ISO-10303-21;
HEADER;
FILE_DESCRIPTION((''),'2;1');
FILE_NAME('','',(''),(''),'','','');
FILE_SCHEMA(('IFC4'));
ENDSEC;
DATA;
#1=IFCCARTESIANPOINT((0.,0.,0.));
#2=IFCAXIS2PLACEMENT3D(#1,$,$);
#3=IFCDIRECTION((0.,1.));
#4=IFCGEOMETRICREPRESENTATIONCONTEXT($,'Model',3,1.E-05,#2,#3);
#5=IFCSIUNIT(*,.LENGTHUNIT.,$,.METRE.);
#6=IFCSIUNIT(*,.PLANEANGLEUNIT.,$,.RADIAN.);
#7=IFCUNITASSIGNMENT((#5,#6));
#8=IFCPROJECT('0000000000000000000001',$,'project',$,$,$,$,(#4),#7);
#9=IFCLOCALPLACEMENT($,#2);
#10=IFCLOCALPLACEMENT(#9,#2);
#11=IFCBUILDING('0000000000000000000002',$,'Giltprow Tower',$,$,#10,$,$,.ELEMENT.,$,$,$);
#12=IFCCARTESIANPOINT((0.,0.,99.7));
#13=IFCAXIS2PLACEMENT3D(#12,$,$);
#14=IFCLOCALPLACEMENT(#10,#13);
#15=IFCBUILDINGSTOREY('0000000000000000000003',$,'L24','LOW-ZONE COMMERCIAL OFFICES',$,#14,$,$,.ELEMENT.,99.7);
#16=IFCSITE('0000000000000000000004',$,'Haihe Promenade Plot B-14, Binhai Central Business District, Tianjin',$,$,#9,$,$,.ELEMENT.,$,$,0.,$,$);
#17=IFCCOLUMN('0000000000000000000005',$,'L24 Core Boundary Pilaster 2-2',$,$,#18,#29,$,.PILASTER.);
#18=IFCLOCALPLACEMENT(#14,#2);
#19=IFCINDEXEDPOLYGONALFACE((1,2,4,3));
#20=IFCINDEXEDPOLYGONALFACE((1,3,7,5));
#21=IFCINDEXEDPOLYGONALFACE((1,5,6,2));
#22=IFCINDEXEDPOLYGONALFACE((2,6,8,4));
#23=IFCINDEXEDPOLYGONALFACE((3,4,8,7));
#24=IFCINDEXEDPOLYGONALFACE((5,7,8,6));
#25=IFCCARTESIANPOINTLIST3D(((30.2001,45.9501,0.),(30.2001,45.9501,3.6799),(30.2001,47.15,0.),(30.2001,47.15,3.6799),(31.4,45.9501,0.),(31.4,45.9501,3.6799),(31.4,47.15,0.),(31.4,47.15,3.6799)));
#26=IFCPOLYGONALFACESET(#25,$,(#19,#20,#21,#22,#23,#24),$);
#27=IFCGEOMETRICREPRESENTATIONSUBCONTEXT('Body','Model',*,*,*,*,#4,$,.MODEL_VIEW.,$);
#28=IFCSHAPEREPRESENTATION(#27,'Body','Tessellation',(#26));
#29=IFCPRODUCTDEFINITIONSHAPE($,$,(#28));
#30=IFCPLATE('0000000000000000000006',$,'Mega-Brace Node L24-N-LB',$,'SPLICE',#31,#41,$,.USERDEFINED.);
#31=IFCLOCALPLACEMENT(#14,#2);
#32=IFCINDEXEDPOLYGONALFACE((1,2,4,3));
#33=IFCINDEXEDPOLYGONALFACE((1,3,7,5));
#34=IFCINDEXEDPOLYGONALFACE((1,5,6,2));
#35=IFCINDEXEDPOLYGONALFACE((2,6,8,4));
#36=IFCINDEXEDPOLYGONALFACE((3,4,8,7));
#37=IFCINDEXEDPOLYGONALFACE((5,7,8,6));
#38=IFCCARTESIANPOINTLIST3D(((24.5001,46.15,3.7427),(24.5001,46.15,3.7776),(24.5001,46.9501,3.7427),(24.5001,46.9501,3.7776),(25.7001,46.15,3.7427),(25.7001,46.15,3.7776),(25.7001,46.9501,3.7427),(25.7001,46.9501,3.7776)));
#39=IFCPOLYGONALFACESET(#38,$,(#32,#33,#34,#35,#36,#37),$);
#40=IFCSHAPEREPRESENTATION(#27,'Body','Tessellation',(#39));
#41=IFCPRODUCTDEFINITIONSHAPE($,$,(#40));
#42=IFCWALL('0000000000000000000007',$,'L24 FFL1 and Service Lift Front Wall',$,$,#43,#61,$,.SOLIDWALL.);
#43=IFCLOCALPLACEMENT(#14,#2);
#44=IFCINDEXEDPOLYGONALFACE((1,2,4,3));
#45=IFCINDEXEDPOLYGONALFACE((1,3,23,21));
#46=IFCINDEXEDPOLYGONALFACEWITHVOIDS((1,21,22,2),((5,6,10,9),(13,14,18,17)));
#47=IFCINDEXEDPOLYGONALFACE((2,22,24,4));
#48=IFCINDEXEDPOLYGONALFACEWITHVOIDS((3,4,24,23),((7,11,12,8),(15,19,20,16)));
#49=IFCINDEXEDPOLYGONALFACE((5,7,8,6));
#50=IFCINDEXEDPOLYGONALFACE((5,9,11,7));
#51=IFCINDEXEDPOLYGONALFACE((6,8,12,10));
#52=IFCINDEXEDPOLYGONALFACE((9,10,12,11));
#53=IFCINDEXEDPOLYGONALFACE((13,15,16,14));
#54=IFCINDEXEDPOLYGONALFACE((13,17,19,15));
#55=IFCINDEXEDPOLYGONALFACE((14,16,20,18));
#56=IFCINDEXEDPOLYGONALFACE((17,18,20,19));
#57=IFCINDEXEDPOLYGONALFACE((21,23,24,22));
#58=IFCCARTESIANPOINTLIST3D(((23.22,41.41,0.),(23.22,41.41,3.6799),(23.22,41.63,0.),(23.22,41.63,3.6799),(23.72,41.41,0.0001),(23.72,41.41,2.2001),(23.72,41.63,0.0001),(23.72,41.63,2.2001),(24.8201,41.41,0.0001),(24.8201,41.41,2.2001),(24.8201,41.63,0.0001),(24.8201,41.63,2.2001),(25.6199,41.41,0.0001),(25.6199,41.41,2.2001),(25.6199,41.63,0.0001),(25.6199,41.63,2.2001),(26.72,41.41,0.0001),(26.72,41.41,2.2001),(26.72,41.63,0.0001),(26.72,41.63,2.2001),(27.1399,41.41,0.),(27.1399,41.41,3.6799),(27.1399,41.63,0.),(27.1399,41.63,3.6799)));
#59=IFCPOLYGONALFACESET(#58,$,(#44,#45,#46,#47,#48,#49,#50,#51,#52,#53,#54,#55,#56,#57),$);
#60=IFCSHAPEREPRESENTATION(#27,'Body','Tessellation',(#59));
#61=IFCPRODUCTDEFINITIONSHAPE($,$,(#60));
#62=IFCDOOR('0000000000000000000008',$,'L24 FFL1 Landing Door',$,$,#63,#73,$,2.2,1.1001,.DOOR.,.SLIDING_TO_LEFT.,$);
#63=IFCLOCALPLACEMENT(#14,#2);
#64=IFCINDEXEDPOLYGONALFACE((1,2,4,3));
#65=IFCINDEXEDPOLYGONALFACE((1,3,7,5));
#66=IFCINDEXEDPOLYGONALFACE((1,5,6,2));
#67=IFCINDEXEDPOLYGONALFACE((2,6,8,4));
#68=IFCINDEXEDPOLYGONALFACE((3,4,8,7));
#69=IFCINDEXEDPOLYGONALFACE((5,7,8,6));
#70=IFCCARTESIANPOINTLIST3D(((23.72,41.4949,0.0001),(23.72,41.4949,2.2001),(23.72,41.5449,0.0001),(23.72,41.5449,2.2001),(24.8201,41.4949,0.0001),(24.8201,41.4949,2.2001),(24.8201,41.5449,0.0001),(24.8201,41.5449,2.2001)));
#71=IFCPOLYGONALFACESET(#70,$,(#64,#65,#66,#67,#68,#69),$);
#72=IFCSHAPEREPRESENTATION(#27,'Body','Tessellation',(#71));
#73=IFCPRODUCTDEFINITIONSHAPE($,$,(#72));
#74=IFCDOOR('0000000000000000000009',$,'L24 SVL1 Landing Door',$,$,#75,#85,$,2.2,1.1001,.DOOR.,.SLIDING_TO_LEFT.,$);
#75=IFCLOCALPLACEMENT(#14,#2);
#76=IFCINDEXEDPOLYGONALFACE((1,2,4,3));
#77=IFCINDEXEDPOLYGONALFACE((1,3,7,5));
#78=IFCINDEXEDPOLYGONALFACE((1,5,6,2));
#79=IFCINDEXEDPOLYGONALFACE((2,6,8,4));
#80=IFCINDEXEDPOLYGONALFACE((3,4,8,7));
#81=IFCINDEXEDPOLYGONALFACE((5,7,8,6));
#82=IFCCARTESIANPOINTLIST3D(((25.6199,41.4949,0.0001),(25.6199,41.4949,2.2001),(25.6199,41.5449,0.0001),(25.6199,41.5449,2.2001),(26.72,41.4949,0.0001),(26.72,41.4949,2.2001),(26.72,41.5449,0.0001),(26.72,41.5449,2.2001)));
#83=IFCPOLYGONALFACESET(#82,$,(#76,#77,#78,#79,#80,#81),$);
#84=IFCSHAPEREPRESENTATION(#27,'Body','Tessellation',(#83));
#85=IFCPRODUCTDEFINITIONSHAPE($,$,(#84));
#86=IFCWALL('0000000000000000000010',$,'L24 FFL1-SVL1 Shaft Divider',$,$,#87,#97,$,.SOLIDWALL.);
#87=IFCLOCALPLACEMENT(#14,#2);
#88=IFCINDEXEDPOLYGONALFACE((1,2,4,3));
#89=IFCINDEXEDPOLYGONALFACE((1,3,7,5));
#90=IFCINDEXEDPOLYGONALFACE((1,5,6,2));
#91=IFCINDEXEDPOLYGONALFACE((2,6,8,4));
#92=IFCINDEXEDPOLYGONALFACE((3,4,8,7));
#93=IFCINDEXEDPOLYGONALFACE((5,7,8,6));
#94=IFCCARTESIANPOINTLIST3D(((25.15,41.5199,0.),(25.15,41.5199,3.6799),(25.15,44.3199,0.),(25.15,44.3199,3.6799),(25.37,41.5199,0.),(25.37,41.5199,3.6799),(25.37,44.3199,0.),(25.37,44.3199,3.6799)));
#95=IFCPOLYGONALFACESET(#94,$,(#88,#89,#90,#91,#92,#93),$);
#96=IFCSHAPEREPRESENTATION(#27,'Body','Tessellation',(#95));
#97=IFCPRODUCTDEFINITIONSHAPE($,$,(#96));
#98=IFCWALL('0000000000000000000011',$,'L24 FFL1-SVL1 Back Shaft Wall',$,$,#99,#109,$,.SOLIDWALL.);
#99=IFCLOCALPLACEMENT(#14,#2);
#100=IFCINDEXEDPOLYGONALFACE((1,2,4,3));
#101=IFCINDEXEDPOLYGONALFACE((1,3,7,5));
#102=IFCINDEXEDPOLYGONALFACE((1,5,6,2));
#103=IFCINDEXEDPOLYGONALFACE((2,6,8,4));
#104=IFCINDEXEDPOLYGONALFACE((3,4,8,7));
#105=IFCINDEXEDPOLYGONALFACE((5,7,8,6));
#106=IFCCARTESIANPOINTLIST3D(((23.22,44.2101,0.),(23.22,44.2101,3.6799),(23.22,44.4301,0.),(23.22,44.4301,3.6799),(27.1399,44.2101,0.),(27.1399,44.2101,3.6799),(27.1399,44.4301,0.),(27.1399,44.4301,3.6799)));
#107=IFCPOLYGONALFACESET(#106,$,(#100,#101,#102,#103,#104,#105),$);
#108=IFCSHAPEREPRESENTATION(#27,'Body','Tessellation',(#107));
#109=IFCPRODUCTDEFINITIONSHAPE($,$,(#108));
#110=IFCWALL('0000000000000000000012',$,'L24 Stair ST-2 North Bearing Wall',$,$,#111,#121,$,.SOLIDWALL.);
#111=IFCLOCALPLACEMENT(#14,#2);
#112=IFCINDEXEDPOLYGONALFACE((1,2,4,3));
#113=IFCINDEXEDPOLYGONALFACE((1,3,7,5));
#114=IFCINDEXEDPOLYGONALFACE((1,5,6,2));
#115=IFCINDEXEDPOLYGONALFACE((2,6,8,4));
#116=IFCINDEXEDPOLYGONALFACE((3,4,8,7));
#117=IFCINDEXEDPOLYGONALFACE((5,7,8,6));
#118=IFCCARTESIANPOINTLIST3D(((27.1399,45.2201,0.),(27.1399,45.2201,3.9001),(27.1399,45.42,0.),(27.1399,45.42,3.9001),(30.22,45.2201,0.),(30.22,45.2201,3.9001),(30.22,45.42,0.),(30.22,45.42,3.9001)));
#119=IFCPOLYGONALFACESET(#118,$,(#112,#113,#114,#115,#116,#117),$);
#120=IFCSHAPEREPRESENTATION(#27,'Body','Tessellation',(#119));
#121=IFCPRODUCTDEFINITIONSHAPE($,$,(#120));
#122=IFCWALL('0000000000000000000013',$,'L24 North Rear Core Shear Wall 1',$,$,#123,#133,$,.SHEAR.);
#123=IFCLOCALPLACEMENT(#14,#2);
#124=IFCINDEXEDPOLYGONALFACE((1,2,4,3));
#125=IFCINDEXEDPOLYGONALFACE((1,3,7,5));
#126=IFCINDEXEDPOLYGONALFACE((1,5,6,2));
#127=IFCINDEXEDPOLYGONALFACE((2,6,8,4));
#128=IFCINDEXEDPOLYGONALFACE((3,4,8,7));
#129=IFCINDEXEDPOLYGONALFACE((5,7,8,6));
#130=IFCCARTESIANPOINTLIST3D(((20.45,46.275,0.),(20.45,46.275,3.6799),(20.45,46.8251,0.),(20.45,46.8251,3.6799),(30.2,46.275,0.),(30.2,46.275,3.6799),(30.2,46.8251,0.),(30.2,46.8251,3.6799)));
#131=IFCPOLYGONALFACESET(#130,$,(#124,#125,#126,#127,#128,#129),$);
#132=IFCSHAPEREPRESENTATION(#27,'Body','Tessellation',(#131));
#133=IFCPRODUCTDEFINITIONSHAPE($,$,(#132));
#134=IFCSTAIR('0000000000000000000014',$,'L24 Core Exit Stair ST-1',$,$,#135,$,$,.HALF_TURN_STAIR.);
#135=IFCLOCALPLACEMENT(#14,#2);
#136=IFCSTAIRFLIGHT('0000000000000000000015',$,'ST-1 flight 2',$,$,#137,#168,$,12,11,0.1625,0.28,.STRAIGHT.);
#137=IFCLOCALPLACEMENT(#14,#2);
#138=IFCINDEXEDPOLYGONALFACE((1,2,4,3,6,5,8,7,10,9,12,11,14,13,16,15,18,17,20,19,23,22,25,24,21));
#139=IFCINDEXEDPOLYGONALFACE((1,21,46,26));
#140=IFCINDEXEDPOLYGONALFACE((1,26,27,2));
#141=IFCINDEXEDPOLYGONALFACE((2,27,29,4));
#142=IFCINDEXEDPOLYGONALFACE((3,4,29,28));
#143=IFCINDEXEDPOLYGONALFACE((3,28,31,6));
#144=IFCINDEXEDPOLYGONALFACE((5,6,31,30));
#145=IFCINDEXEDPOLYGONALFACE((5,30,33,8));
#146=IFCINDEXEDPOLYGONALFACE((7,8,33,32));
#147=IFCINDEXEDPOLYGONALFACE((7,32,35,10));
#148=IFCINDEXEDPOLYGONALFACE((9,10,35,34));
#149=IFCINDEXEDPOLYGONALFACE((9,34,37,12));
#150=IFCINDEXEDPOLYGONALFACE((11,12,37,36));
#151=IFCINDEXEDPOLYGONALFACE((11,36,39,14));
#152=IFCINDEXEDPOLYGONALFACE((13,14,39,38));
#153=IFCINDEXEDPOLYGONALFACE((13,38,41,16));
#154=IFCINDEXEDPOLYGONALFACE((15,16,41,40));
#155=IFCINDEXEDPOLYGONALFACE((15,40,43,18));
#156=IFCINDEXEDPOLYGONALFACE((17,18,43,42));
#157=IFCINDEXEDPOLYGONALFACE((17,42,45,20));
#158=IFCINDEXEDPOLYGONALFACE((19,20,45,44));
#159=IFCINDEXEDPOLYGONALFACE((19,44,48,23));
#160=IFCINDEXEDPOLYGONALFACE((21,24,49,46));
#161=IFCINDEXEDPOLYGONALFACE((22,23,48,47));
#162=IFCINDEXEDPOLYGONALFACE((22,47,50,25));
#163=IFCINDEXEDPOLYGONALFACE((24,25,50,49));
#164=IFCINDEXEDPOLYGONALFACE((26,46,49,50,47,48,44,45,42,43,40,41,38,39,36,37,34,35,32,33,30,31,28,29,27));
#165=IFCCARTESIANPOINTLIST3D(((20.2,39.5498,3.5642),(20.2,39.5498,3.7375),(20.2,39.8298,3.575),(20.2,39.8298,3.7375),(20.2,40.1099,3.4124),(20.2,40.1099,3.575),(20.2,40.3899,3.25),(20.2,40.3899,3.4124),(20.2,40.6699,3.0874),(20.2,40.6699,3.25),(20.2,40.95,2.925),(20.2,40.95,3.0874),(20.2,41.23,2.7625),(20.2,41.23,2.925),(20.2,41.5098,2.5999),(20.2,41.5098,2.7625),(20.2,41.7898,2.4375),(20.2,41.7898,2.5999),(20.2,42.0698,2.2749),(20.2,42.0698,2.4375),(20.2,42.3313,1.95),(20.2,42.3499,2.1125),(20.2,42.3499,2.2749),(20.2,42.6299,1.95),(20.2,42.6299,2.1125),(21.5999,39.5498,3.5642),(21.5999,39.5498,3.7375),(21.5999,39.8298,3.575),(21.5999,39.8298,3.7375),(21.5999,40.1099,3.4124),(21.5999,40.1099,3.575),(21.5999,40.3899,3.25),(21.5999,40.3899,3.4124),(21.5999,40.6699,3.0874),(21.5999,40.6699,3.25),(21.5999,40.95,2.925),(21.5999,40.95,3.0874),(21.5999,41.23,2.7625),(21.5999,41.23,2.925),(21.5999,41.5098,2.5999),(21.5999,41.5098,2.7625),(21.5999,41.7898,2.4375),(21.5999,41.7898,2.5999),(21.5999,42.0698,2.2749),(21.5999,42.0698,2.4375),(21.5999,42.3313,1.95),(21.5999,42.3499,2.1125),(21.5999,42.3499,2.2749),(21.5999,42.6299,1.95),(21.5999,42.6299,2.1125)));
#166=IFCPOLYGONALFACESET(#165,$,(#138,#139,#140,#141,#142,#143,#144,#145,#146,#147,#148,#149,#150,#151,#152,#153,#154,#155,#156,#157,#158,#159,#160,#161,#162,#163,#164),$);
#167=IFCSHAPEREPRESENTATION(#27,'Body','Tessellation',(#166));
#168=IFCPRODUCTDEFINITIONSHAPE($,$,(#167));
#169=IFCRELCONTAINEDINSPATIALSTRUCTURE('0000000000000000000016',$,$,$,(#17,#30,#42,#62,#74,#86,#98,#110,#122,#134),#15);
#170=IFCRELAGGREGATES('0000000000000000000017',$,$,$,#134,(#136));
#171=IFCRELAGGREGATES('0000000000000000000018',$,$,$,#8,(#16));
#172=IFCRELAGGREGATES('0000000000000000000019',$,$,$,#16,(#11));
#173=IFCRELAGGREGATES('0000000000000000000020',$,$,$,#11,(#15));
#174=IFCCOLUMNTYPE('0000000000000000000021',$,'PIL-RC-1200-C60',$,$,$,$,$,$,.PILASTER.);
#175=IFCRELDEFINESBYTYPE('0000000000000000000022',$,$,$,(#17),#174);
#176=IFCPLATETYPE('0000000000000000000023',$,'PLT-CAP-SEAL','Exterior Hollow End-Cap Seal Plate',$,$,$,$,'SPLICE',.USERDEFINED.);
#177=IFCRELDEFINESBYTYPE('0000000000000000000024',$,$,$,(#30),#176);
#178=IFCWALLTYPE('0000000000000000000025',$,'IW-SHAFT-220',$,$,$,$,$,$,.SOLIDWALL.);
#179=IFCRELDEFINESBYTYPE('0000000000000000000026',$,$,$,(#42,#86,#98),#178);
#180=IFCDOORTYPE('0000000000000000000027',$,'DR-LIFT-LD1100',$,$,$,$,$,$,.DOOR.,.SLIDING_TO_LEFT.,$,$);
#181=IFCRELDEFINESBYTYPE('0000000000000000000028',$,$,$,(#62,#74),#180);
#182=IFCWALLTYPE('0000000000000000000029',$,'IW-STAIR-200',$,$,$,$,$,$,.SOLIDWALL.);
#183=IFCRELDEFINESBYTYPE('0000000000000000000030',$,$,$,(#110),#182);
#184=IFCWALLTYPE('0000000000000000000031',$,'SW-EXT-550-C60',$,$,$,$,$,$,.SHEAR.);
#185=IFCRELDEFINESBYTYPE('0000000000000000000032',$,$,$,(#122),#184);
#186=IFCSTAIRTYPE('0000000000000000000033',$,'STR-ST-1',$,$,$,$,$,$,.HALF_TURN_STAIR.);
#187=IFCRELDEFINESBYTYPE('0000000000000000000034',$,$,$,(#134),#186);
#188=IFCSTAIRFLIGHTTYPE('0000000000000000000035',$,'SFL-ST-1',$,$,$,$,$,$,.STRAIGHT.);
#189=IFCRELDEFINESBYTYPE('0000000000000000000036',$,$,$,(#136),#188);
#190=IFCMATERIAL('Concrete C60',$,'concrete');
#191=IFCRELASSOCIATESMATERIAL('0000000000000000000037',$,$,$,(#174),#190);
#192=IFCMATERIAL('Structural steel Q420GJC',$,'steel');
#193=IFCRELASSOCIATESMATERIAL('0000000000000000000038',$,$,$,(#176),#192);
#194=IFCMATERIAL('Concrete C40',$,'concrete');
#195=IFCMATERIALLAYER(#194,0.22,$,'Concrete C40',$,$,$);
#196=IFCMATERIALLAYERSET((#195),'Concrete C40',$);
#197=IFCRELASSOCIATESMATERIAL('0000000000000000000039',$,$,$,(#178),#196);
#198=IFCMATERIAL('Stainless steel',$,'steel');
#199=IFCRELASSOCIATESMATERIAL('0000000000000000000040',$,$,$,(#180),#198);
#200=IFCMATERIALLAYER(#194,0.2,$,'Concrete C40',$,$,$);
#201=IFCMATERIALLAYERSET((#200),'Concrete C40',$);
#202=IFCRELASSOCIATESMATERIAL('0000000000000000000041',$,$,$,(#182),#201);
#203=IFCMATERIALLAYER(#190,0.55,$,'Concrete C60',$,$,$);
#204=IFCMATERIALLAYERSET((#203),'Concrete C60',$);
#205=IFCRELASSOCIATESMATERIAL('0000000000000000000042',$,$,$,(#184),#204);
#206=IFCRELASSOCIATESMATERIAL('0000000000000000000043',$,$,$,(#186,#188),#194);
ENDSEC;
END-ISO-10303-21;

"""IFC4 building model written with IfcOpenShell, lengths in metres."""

from ifc_helpers import new_model, si_unit, direction, frame, frame_2d, origin, origin_2d, place, context, subcontext, project, spatial, polyline, rectangle, outline, extrude, source, transform, mapped, material, layer, layer_set, material_profile, profile_set, type_object, element, fill, aggregate, save


model = new_model("IFC4")

# Units and contexts
model_context = context("Model", 3, precision=1e-05, world=origin(), true_north=direction((0.0, 1.0)))
body_context = subcontext(model_context, "Body", "Model", "MODEL_VIEW")
ifc_project = project(units=[si_unit("LENGTHUNIT", "METRE"), si_unit("PLANEANGLEUNIT", "RADIAN")], contexts=[model_context])

# Site, building, storey
site_placement = place(None, origin())
site = spatial("IfcSite", under=ifc_project, at=site_placement, Name="Haihe Promenade Plot B-14, Binhai Central Business District, Tianjin", CompositionType="ELEMENT", RefElevation=0.0)
building_placement = place(site_placement, origin())
building = spatial("IfcBuilding", under=site, at=building_placement, Name="Giltprow Tower", CompositionType="ELEMENT")
storey_placement = place(building_placement, frame((0.0, 0.0, 99.7)))
storey = spatial("IfcBuildingStorey", under=building, at=storey_placement, Name="L24", Description="LOW-ZONE COMMERCIAL OFFICES", CompositionType="ELEMENT", Elevation=99.7)

# Column
ifc_material_1 = material(Name="Concrete C60", Category="concrete")
ifc_material_profile = material_profile(ifc_material_1, rectangle(XDim=1.2, YDim=1.2, at=origin_2d()), Name="RC 1200x1200")
ifc_profile_set = profile_set([ifc_material_profile], Name="Concrete C60")
column_type = type_object("IfcColumnType", Name="PIL-RC-1200-C60", PredefinedType="PILASTER", material=ifc_profile_set)
shared_shape_1 = source(origin(), body_context, "Body", "SweptSolid", [
    extrude(rectangle(XDim=1.2, YDim=1.2, at=origin_2d()), origin(), (0.0, 0.0, 1.0), 3.6799),
])
column_placement = place(storey_placement, frame((30.8, 46.55, 0.0), z_axis=(0.0, 0.0, 1.0), x_axis=(1.0, 0.0, 0.0)))
element("IfcColumn", 1, at=column_placement, inside=storey, type_object=column_type, Name="L24 Core Boundary Pilaster 2-2", PredefinedType="PILASTER", context=body_context, shape_type="MappedRepresentation", body=[
    mapped(shared_shape_1, transform((0.0, 0.0, 0.0), x_axis=(1.0, 0.0, 0.0), y_axis=(0.0, 1.0, 0.0), z_axis=(0.0, 0.0, 1.0), scale=1.0)),
])

# Plate
ifc_material_2 = material(Name="Structural steel Q420GJC", Category="steel")
plate_type = type_object("IfcPlateType", Name="PLT-CAP-SEAL", Description="Exterior Hollow End-Cap Seal Plate", ElementType="SPLICE", PredefinedType="USERDEFINED", material=ifc_material_2)
shared_shape_2 = source(origin(), body_context, "Body", "SweptSolid", [
    extrude(rectangle(XDim=1.2, YDim=0.8, at=origin_2d()), origin(), (0.0, 0.0, 1.0), 0.0349),
])
plate_placement = place(storey_placement, frame((25.1001, 46.55, 3.7427), z_axis=(0.0, 0.0, 1.0), x_axis=(1.0, 0.0, 0.0)))
element("IfcPlate", 2, at=plate_placement, inside=storey, type_object=plate_type, Name="Mega-Brace Node L24-N-LB", ObjectType="SPLICE", PredefinedType="USERDEFINED", context=body_context, shape_type="MappedRepresentation", body=[
    mapped(shared_shape_2, transform((0.0, 0.0, 0.0), x_axis=(1.0, 0.0, 0.0), y_axis=(0.0, 1.0, 0.0), z_axis=(0.0, 0.0, 1.0), scale=1.0)),
])

# Wall, openings, doors
ifc_material_3 = material(Name="Concrete C40", Category="concrete")
ifc_layer_1 = layer(ifc_material_3, 0.22, Name="Concrete C40")
ifc_layer_set_1 = layer_set([ifc_layer_1], Name="Concrete C40")
wall_type_1 = type_object("IfcWallType", Name="IW-SHAFT-220", PredefinedType="SOLIDWALL", material=ifc_layer_set_1)
wall_1_placement = place(storey_placement, frame((23.22, 41.52, 0.0), z_axis=(0.0, 0.0, 1.0), x_axis=(1.0, 0.0, 0.0)))
wall_1 = element("IfcWall", 3, at=wall_1_placement, inside=storey, type_object=wall_type_1, Name="L24 FFL1 and Service Lift Front Wall", PredefinedType="SOLIDWALL", context=body_context, shape_type="SweptSolid", body=[
    extrude(rectangle(XDim=3.9199, YDim=0.22, at=frame_2d((1.96, 0.0))), origin(), (0.0, 0.0, 1.0), 3.6799),
])
opening_1_placement = place(wall_1_placement, frame((0.5, 0.0, 0.0)))
opening_1 = element("IfcOpeningElement", 4, at=opening_1_placement, cuts=wall_1, PredefinedType="OPENING", context=body_context, shape_type="SweptSolid", body=[
    extrude(rectangle(XDim=1.1001, YDim=2.2, at=frame_2d((0.55, 1.1001))), frame((0.0, 0.1199, 0.0), z_axis=(0.0, -1.0, 0.0), x_axis=(1.0, 0.0, 0.0)), (0.0, 0.0, 1.0), 0.24),
])
opening_2_placement = place(wall_1_placement, frame((2.3999, 0.0, 0.0)))
opening_2 = element("IfcOpeningElement", 5, at=opening_2_placement, cuts=wall_1, PredefinedType="OPENING", context=body_context, shape_type="SweptSolid", body=[
    extrude(rectangle(XDim=1.1001, YDim=2.2, at=frame_2d((0.55, 1.1001))), frame((0.0, 0.1199, 0.0), z_axis=(0.0, -1.0, 0.0), x_axis=(1.0, 0.0, 0.0)), (0.0, 0.0, 1.0), 0.24),
])
ifc_material_4 = material(Name="Stainless steel", Category="steel")
door_type = type_object("IfcDoorType", Name="DR-LIFT-LD1100", OperationType="SLIDING_TO_LEFT", PredefinedType="DOOR", material=ifc_material_4)
shared_shape_3 = source(origin(), body_context, "Body", "SweptSolid", [
    extrude(rectangle(XDim=1.1001, YDim=2.2, at=frame_2d((0.55, 1.1001))), frame((0.0, 0.0249, 0.0), z_axis=(0.0, -1.0, 0.0), x_axis=(1.0, 0.0, 0.0)), (0.0, 0.0, 1.0), 0.05),
])
door_1_placement = place(opening_1_placement, origin())
door_1 = element("IfcDoor", 6, at=door_1_placement, inside=storey, type_object=door_type, Name="L24 FFL1 Landing Door", OperationType="SLIDING_TO_LEFT", OverallHeight=2.2, OverallWidth=1.1001, PredefinedType="DOOR", context=body_context, shape_type="MappedRepresentation", body=[
    mapped(shared_shape_3, transform((0.0, 0.0, 0.0), x_axis=(1.0, 0.0, 0.0), y_axis=(0.0, 1.0, 0.0), z_axis=(0.0, 0.0, 1.0), scale=1.0)),
])
fill(opening_1, door_1)
door_2_placement = place(opening_2_placement, origin())
door_2 = element("IfcDoor", 7, at=door_2_placement, inside=storey, type_object=door_type, Name="L24 SVL1 Landing Door", OperationType="SLIDING_TO_LEFT", OverallHeight=2.2, OverallWidth=1.1001, PredefinedType="DOOR", context=body_context, shape_type="MappedRepresentation", body=[
    mapped(shared_shape_3, transform((0.0, 0.0, 0.0), x_axis=(1.0, 0.0, 0.0), y_axis=(0.0, 1.0, 0.0), z_axis=(0.0, 0.0, 1.0), scale=1.0)),
])
fill(opening_2, door_2)

# Walls
wall_2_placement = place(storey_placement, frame((25.26, 41.52, 0.0), z_axis=(0.0, 0.0, 1.0), x_axis=(0.0, 1.0, 0.0)))
element("IfcWall", 8, at=wall_2_placement, inside=storey, type_object=wall_type_1, Name="L24 FFL1-SVL1 Shaft Divider", PredefinedType="SOLIDWALL", context=body_context, shape_type="SweptSolid", body=[
    extrude(rectangle(XDim=2.8, YDim=0.22, at=frame_2d((1.3999, 0.0))), origin(), (0.0, 0.0, 1.0), 3.6799),
])
wall_3_placement = place(storey_placement, frame((23.22, 44.3201, 0.0), z_axis=(0.0, 0.0, 1.0), x_axis=(1.0, 0.0, 0.0)))
element("IfcWall", 9, at=wall_3_placement, inside=storey, type_object=wall_type_1, Name="L24 FFL1-SVL1 Back Shaft Wall", PredefinedType="SOLIDWALL", context=body_context, shape_type="SweptSolid", body=[
    extrude(rectangle(XDim=3.9199, YDim=0.22, at=frame_2d((1.96, 0.0))), origin(), (0.0, 0.0, 1.0), 3.6799),
])
ifc_layer_2 = layer(ifc_material_3, 0.2, Name="Concrete C40")
ifc_layer_set_2 = layer_set([ifc_layer_2], Name="Concrete C40")
wall_type_2 = type_object("IfcWallType", Name="IW-STAIR-200", PredefinedType="SOLIDWALL", material=ifc_layer_set_2)
wall_4_placement = place(storey_placement, frame((27.1399, 45.3201, 0.0), z_axis=(0.0, 0.0, 1.0), x_axis=(1.0, 0.0, 0.0)))
element("IfcWall", 10, at=wall_4_placement, inside=storey, type_object=wall_type_2, Name="L24 Stair ST-2 North Bearing Wall", PredefinedType="SOLIDWALL", context=body_context, shape_type="SweptSolid", body=[
    extrude(rectangle(XDim=3.0801, YDim=0.2, at=frame_2d((1.54, 0.0))), origin(), (0.0, 0.0, 1.0), 3.9001),
])
ifc_layer_3 = layer(ifc_material_1, 0.55, Name="Concrete C60")
ifc_layer_set_3 = layer_set([ifc_layer_3], Name="Concrete C60")
wall_type_3 = type_object("IfcWallType", Name="SW-EXT-550-C60", PredefinedType="SHEAR", material=ifc_layer_set_3)
wall_5_placement = place(storey_placement, frame((20.45, 46.55, 0.0), z_axis=(0.0, 0.0, 1.0), x_axis=(1.0, 0.0, 0.0)))
element("IfcWall", 11, at=wall_5_placement, inside=storey, type_object=wall_type_3, Name="L24 North Rear Core Shear Wall 1", PredefinedType="SHEAR", context=body_context, shape_type="SweptSolid", body=[
    extrude(rectangle(XDim=9.75, YDim=0.55, at=frame_2d((4.875, 0.0))), origin(), (0.0, 0.0, 1.0), 3.6799),
])

# Stair, stair flight
stair_type_1 = type_object("IfcStairType", Name="STR-ST-1", PredefinedType="HALF_TURN_STAIR", material=ifc_material_3)
stair_1_placement = place(storey_placement, origin())
stair_1 = element("IfcStair", 12, at=stair_1_placement, inside=storey, type_object=stair_type_1, Name="L24 Core Exit Stair ST-1", PredefinedType="HALF_TURN_STAIR")
stair_flight_type_1 = type_object("IfcStairFlightType", Name="SFL-ST-1", PredefinedType="STRAIGHT", material=ifc_material_3)
stair_flight_1_placement = place(storey_placement, frame((20.8999, 42.6299, 1.95), z_axis=(0.0, 0.0, 1.0), x_axis=(0.0, -1.0, 0.0)))
stair_flight_1 = element("IfcStairFlight", 13, at=stair_flight_1_placement, type_object=stair_flight_type_1, Name="ST-1 flight 2", NumberOfRisers=12, NumberOfTreads=11, PredefinedType="STRAIGHT", RiserHeight=0.1625, TreadLength=0.28, context=body_context, shape_type="SweptSolid", body=[
    extrude(outline(polyline([(0.0, 0.0), (0.0, 0.1626), (0.28, 0.1626), (0.28, 0.325), (0.5601, 0.325), (0.5601, 0.4875), (0.8401, 0.4875), (0.8401, 0.6499), (1.1201, 0.6499), (1.1201, 0.8125), (1.3999, 0.8125), (1.3999, 0.9751), (1.6799, 0.9751), (1.6799, 1.1375), (1.96, 1.1375), (1.96, 1.3), (2.24, 1.3), (2.24, 1.4624), (2.52, 1.4624), (2.52, 1.625), (2.8, 1.625), (2.8, 1.7876), (3.0801, 1.7876), (3.0801, 1.95), (3.0801, 1.6143), (0.2986, 0.0), (0.0, 0.0)])), frame((0.0, 0.7, 0.0), z_axis=(0.0, -1.0, 0.0), x_axis=(1.0, 0.0, 0.0)), (0.0, 0.0, 1.0), 1.3999),
])
aggregate(stair_1, [stair_flight_1])

save(model, "model.ifc")
